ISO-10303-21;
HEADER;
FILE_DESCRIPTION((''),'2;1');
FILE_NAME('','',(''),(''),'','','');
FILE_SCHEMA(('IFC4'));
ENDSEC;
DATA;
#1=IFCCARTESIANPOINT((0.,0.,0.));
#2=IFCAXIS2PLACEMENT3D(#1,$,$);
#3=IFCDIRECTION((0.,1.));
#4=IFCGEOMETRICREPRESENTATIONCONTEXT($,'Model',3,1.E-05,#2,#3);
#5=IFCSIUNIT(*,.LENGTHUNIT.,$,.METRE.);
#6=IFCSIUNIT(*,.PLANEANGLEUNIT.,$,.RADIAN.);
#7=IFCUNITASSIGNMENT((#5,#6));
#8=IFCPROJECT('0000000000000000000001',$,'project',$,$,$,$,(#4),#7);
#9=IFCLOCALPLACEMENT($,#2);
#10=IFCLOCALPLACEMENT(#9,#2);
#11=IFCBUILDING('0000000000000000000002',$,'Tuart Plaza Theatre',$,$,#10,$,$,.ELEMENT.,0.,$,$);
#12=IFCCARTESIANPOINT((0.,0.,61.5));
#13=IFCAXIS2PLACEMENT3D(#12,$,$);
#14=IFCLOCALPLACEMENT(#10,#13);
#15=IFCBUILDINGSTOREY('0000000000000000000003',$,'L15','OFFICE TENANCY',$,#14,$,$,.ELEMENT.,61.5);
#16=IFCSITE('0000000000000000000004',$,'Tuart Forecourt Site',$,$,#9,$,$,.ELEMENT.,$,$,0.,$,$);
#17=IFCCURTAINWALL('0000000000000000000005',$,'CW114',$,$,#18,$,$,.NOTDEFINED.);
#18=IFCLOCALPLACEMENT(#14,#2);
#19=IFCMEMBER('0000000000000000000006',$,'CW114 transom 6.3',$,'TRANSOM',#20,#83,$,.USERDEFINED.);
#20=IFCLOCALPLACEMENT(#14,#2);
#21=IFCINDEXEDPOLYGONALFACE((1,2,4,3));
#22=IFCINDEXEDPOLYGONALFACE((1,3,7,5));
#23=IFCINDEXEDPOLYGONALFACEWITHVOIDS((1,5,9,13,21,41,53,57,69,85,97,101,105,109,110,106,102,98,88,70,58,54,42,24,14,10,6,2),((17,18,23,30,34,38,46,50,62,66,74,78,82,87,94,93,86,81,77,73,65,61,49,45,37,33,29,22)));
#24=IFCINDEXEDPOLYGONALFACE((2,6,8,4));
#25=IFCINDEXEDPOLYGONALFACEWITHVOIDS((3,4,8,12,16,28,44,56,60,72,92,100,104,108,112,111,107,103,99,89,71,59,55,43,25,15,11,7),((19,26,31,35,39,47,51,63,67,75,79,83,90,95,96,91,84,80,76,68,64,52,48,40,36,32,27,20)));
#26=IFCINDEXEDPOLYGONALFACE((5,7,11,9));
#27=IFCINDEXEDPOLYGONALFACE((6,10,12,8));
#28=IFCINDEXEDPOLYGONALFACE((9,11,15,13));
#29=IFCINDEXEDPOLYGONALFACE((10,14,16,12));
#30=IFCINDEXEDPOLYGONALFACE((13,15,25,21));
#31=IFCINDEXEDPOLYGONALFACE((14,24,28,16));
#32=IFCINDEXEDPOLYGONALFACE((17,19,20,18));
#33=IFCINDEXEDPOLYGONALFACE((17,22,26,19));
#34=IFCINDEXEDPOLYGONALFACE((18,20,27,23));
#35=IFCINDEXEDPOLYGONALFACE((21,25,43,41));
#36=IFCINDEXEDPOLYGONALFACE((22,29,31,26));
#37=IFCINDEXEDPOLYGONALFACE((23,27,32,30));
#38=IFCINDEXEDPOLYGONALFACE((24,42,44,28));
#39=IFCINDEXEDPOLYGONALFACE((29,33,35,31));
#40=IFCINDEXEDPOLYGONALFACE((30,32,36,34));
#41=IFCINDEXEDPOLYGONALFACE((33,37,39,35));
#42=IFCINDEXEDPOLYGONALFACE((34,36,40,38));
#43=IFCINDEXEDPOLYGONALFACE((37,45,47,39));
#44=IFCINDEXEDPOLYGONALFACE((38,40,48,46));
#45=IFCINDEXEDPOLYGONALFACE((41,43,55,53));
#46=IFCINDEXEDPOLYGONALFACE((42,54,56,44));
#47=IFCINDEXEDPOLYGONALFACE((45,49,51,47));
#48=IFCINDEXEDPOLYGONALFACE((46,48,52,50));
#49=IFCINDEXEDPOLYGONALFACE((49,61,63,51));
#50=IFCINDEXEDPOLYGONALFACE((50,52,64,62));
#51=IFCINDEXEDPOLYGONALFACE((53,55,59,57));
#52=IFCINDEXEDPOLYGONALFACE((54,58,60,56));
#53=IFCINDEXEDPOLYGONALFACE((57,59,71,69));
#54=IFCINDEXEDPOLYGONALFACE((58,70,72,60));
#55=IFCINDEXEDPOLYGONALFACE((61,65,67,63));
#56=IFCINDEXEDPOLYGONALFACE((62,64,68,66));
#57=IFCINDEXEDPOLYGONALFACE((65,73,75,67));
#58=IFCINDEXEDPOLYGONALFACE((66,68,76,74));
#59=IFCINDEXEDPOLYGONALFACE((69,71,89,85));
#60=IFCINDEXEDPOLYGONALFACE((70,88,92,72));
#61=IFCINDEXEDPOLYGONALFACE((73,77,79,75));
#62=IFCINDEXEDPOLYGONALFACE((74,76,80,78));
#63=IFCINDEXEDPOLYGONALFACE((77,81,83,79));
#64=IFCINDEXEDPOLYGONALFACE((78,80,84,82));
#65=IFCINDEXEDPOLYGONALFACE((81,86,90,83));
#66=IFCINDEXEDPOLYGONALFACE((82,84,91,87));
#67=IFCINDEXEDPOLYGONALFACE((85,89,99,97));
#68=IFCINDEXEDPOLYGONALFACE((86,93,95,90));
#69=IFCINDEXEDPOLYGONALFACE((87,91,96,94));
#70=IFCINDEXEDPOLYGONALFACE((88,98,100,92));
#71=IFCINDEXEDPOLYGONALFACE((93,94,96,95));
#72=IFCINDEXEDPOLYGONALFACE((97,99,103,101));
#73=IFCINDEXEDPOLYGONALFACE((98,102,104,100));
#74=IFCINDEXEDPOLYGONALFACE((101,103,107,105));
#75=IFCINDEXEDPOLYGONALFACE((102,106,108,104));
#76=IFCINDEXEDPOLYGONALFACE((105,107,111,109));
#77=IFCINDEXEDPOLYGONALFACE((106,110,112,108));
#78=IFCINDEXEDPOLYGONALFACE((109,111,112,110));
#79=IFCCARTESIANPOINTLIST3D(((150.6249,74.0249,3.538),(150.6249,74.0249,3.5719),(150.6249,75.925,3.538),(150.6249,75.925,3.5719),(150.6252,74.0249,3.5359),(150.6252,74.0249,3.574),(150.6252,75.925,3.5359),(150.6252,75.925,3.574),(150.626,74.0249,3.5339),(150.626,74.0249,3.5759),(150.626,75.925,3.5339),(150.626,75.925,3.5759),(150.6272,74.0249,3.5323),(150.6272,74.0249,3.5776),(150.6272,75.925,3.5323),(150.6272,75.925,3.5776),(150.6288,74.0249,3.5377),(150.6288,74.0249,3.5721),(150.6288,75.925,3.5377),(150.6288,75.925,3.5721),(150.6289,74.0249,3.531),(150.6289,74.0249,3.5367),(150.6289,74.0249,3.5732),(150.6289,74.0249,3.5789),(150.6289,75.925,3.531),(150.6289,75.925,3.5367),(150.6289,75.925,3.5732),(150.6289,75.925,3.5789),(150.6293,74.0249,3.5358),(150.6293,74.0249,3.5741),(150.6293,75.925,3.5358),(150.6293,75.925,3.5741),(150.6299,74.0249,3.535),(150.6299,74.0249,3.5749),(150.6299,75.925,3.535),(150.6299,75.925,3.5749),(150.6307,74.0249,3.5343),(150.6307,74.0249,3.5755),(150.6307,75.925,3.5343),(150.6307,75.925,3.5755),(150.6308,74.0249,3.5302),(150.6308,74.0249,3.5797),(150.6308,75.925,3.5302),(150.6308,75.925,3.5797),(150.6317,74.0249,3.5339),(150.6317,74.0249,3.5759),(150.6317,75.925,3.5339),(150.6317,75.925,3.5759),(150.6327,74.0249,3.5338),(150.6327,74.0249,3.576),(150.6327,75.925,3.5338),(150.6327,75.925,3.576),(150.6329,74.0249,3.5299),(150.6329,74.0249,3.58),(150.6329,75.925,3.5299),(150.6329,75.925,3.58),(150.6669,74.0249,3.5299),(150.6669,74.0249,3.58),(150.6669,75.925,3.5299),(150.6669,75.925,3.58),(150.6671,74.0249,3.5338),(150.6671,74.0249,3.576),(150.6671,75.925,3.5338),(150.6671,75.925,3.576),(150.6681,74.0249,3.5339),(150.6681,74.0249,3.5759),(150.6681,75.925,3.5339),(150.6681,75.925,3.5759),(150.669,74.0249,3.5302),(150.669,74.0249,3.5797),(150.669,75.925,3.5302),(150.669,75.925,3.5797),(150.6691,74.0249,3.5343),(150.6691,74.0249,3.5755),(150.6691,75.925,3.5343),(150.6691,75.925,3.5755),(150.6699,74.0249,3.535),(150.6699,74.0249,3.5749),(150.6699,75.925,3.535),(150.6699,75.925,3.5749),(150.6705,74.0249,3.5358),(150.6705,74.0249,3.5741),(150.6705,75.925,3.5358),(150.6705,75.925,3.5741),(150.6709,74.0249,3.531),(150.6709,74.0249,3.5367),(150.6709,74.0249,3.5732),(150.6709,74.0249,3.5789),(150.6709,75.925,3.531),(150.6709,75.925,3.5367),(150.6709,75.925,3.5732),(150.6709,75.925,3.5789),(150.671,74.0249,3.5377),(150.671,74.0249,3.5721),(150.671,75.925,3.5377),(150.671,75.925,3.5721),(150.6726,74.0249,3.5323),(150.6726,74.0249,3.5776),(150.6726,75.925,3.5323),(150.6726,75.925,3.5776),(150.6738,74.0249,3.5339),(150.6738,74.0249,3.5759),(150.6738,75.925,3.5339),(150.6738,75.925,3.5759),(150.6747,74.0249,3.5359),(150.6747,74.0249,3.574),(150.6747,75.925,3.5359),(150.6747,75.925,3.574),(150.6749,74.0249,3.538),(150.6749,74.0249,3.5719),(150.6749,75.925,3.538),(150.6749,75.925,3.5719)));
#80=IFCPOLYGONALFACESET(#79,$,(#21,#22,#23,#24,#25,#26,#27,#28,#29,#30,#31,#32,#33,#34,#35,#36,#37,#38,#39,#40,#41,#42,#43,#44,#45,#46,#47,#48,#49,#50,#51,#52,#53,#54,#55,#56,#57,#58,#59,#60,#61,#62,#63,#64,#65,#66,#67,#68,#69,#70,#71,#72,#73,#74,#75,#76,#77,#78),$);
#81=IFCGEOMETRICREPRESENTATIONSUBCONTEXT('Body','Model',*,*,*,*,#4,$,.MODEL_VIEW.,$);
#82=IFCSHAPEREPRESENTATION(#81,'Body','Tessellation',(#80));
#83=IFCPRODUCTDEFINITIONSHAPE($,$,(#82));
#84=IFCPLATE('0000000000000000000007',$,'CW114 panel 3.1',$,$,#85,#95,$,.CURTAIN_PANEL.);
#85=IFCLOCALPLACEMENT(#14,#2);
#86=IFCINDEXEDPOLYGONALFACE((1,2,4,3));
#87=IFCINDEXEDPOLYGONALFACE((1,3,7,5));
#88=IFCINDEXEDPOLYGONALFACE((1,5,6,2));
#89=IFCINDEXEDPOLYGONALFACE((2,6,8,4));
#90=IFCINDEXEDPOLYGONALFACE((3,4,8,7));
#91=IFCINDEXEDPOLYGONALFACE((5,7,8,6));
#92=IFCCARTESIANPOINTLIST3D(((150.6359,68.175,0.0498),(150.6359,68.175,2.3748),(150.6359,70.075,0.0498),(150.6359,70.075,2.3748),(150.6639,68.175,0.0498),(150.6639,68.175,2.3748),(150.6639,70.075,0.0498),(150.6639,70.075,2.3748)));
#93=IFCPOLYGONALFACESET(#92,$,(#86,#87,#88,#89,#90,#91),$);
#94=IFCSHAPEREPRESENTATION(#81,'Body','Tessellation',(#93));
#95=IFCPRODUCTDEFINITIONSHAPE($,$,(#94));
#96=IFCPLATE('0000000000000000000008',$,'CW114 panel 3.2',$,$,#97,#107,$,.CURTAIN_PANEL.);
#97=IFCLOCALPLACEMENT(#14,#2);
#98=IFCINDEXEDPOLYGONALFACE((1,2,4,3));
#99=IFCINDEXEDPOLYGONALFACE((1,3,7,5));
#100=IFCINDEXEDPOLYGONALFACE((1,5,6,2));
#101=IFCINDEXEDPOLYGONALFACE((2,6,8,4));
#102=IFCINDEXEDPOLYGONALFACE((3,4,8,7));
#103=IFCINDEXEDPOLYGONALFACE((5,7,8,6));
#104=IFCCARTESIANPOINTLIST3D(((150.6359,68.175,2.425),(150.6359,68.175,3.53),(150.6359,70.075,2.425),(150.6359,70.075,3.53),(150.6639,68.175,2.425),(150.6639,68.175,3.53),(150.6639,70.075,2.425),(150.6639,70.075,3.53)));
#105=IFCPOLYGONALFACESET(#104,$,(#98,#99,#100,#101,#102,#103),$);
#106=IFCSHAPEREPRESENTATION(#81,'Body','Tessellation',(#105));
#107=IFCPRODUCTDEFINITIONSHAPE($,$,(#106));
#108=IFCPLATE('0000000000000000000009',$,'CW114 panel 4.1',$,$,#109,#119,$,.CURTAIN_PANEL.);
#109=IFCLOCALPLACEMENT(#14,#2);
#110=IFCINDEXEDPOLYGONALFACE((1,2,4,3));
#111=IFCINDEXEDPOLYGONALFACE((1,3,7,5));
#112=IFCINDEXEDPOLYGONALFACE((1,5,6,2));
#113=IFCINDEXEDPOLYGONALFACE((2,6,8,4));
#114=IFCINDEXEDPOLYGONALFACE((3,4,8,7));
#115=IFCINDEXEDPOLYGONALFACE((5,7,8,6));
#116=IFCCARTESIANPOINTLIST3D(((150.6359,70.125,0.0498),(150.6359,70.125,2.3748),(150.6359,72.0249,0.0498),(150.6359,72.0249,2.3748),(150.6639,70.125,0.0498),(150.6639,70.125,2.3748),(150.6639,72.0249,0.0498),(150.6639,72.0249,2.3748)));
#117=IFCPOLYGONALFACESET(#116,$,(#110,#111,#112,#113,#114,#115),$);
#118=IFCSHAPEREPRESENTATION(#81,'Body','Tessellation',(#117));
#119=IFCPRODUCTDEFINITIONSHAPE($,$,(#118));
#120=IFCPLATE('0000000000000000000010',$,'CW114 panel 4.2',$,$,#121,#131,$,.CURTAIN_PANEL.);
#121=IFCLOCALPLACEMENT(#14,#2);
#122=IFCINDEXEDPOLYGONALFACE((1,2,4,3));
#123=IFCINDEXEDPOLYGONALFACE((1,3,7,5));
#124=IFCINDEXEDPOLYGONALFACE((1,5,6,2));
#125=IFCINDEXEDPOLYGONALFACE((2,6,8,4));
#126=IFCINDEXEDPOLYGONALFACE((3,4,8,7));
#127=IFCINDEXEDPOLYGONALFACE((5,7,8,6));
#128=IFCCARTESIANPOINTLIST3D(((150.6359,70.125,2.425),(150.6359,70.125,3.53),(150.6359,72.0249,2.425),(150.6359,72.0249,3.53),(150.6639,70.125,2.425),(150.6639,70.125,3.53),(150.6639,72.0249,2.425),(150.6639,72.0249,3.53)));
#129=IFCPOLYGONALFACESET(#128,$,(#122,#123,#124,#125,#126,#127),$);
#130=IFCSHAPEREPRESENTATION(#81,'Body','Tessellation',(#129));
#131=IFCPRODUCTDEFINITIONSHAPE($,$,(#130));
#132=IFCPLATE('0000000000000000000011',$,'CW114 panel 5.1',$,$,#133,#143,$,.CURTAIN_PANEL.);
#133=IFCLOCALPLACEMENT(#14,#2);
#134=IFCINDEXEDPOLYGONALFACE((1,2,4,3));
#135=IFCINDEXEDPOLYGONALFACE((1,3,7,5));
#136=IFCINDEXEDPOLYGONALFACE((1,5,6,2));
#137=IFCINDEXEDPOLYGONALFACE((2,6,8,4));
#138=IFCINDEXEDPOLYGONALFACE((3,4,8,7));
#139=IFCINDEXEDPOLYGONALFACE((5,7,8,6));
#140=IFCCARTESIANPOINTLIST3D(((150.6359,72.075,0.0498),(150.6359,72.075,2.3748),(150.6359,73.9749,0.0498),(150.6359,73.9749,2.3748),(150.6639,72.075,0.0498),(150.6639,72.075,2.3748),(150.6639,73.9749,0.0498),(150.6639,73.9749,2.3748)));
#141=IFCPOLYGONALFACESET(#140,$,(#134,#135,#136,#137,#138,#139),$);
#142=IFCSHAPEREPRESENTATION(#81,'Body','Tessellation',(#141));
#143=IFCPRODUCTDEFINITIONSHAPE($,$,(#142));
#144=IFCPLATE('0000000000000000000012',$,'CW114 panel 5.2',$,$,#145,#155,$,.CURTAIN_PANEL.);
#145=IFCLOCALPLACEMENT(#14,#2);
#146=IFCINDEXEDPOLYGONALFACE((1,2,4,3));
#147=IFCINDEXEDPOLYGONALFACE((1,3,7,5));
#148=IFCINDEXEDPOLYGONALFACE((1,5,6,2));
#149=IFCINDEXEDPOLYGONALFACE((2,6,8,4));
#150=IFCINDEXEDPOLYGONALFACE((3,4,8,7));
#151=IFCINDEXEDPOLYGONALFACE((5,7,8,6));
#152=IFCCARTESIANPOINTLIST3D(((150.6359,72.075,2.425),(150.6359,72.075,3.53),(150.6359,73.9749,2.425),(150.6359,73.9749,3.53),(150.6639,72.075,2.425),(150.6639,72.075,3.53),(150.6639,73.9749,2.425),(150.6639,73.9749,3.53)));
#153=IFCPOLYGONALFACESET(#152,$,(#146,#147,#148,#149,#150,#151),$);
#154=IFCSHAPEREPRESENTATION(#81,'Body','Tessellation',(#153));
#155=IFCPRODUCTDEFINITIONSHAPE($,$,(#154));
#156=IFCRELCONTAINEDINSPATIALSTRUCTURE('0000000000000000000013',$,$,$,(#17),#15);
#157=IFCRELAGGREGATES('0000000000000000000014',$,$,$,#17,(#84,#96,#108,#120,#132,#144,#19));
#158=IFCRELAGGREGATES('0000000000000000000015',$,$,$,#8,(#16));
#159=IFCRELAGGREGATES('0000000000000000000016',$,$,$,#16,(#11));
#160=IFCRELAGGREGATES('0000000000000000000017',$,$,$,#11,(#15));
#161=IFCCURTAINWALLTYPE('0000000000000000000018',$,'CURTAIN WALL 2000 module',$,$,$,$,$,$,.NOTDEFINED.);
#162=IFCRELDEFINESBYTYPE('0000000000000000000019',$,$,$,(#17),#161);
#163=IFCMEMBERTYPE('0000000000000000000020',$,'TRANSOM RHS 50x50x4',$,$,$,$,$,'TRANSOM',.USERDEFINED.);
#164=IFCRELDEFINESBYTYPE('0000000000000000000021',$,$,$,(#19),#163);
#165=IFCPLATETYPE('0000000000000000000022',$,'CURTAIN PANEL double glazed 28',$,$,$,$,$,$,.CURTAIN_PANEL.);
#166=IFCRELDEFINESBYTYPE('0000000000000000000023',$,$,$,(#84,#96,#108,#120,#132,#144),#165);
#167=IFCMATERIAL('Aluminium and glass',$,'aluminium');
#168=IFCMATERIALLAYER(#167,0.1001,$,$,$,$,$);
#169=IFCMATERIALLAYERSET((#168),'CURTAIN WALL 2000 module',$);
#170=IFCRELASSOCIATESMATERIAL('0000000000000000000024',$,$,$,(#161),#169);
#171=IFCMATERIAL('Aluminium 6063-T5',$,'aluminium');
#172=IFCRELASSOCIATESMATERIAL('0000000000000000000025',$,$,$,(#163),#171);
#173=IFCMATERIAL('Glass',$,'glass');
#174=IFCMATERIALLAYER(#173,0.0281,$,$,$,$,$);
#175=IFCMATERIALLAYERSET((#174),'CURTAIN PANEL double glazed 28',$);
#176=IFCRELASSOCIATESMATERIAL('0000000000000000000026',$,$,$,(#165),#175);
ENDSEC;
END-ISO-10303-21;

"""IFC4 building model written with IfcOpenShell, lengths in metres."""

from ifc_helpers import new_model, si_unit, direction, frame, origin, origin_2d, place, context, subcontext, project, spatial, rectangle, hollow_rectangle, extrude, material, layer, layer_set, material_profile, profile_set, type_object, element, aggregate, save


model = new_model("IFC4")

# Units and contexts
model_context = context("Model", 3, precision=1e-05, world=origin(), true_north=direction((0.0, 1.0)))
body_context = subcontext(model_context, "Body", "Model", "MODEL_VIEW")
ifc_project = project(units=[si_unit("LENGTHUNIT", "METRE"), si_unit("PLANEANGLEUNIT", "RADIAN")], contexts=[model_context])

# Site, building, storey
site_placement = place(None, origin())
site = spatial("IfcSite", under=ifc_project, at=site_placement, Name="Tuart Forecourt Site", CompositionType="ELEMENT", RefElevation=0.0)
building_placement = place(site_placement, origin())
building = spatial("IfcBuilding", under=site, at=building_placement, Name="Tuart Plaza Theatre", CompositionType="ELEMENT", ElevationOfRefHeight=0.0)
storey_placement = place(building_placement, frame((0.0, 0.0, 61.5)))
storey = spatial("IfcBuildingStorey", under=building, at=storey_placement, Name="L15", Description="OFFICE TENANCY", CompositionType="ELEMENT", Elevation=61.5)

# Curtain wall, member, plates
ifc_material_1 = material(Name="Aluminium and glass", Category="aluminium")
ifc_layer_1 = layer(ifc_material_1, 0.1001)
ifc_layer_set_1 = layer_set([ifc_layer_1], Name="CURTAIN WALL 2000 module")
curtain_wall_type = type_object("IfcCurtainWallType", Name="CURTAIN WALL 2000 module", PredefinedType="NOTDEFINED", material=ifc_layer_set_1)
curtain_wall_placement = place(storey_placement, origin())
curtain_wall = element("IfcCurtainWall", 1, at=curtain_wall_placement, inside=storey, type_object=curtain_wall_type, Name="CW114", PredefinedType="NOTDEFINED")
ifc_material_2 = material(Name="Aluminium 6063-T5", Category="aluminium")
ifc_material_profile_1 = material_profile(ifc_material_2, hollow_rectangle(XDim=0.05, YDim=0.05, WallThickness=0.0039, InnerFilletRadius=0.0039, OuterFilletRadius=0.0081, at=origin_2d()), Name="RHS 50x50x4")
ifc_profile_set_1 = profile_set([ifc_material_profile_1], Name="Aluminium 6063-T5")
member_type_1 = type_object("IfcMemberType", Name="TRANSOM RHS 50x50x4", ElementType="TRANSOM", PredefinedType="USERDEFINED", material=ifc_profile_set_1)
member_1_placement = place(storey_placement, frame((150.6499, 74.0249, 3.5549), z_axis=(0.0, 1.0, 0.0), x_axis=(-1.0, 0.0, 0.0)))
member_1 = element("IfcMember", 2, at=member_1_placement, type_object=member_type_1, Name="CW114 transom 6.3", ObjectType="TRANSOM", PredefinedType="USERDEFINED", context=body_context, shape_type="SweptSolid", body=[
    extrude(hollow_rectangle(XDim=0.05, YDim=0.05, WallThickness=0.0039, InnerFilletRadius=0.0039, OuterFilletRadius=0.0081, at=origin_2d()), origin(), (0.0, 0.0, 1.0), 1.9001),
])
ifc_material_3 = material(Name="Glass", Category="glass")
ifc_layer_2 = layer(ifc_material_3, 0.0281)
ifc_layer_set_2 = layer_set([ifc_layer_2], Name="CURTAIN PANEL double glazed 28")
plate_type = type_object("IfcPlateType", Name="CURTAIN PANEL double glazed 28", PredefinedType="CURTAIN_PANEL", material=ifc_layer_set_2)
plate_1_placement = place(storey_placement, frame((150.6499, 69.125, 0.0498), z_axis=(0.0, 0.0, 1.0), x_axis=(0.0, 1.0, 0.0)))
plate_1 = element("IfcPlate", 3, at=plate_1_placement, type_object=plate_type, Name="CW114 panel 3.1", PredefinedType="CURTAIN_PANEL", context=body_context, shape_type="SweptSolid", body=[
    extrude(rectangle(XDim=1.8999, YDim=0.0281, at=origin_2d()), origin(), (0.0, 0.0, 1.0), 2.325),
])
plate_2_placement = place(storey_placement, frame((150.6499, 69.125, 2.425), z_axis=(0.0, 0.0, 1.0), x_axis=(0.0, 1.0, 0.0)))
plate_2 = element("IfcPlate", 4, at=plate_2_placement, type_object=plate_type, Name="CW114 panel 3.2", PredefinedType="CURTAIN_PANEL", context=body_context, shape_type="SweptSolid", body=[
    extrude(rectangle(XDim=1.8999, YDim=0.0281, at=origin_2d()), origin(), (0.0, 0.0, 1.0), 1.105),
])
plate_3_placement = place(storey_placement, frame((150.6499, 71.075, 0.0498), z_axis=(0.0, 0.0, 1.0), x_axis=(0.0, 1.0, 0.0)))
plate_3 = element("IfcPlate", 5, at=plate_3_placement, type_object=plate_type, Name="CW114 panel 4.1", PredefinedType="CURTAIN_PANEL", context=body_context, shape_type="SweptSolid", body=[
    extrude(rectangle(XDim=1.8999, YDim=0.0281, at=origin_2d()), origin(), (0.0, 0.0, 1.0), 2.325),
])
plate_4_placement = place(storey_placement, frame((150.6499, 71.075, 2.425), z_axis=(0.0, 0.0, 1.0), x_axis=(0.0, 1.0, 0.0)))
plate_4 = element("IfcPlate", 6, at=plate_4_placement, type_object=plate_type, Name="CW114 panel 4.2", PredefinedType="CURTAIN_PANEL", context=body_context, shape_type="SweptSolid", body=[
    extrude(rectangle(XDim=1.8999, YDim=0.0281, at=origin_2d()), origin(), (0.0, 0.0, 1.0), 1.105),
])
plate_5_placement = place(storey_placement, frame((150.6499, 73.0249, 0.0498), z_axis=(0.0, 0.0, 1.0), x_axis=(0.0, 1.0, 0.0)))
plate_5 = element("IfcPlate", 7, at=plate_5_placement, type_object=plate_type, Name="CW114 panel 5.1", PredefinedType="CURTAIN_PANEL", context=body_context, shape_type="SweptSolid", body=[
    extrude(rectangle(XDim=1.8999, YDim=0.0281, at=origin_2d()), origin(), (0.0, 0.0, 1.0), 2.325),
])
plate_6_placement = place(storey_placement, frame((150.6499, 73.0249, 2.425), z_axis=(0.0, 0.0, 1.0), x_axis=(0.0, 1.0, 0.0)))
plate_6 = element("IfcPlate", 8, at=plate_6_placement, type_object=plate_type, Name="CW114 panel 5.2", PredefinedType="CURTAIN_PANEL", context=body_context, shape_type="SweptSolid", body=[
    extrude(rectangle(XDim=1.8999, YDim=0.0281, at=origin_2d()), origin(), (0.0, 0.0, 1.0), 1.105),
])
aggregate(curtain_wall, [plate_1, plate_2, plate_3, plate_4, plate_5, plate_6, member_1])

save(model, "model.ifc")
